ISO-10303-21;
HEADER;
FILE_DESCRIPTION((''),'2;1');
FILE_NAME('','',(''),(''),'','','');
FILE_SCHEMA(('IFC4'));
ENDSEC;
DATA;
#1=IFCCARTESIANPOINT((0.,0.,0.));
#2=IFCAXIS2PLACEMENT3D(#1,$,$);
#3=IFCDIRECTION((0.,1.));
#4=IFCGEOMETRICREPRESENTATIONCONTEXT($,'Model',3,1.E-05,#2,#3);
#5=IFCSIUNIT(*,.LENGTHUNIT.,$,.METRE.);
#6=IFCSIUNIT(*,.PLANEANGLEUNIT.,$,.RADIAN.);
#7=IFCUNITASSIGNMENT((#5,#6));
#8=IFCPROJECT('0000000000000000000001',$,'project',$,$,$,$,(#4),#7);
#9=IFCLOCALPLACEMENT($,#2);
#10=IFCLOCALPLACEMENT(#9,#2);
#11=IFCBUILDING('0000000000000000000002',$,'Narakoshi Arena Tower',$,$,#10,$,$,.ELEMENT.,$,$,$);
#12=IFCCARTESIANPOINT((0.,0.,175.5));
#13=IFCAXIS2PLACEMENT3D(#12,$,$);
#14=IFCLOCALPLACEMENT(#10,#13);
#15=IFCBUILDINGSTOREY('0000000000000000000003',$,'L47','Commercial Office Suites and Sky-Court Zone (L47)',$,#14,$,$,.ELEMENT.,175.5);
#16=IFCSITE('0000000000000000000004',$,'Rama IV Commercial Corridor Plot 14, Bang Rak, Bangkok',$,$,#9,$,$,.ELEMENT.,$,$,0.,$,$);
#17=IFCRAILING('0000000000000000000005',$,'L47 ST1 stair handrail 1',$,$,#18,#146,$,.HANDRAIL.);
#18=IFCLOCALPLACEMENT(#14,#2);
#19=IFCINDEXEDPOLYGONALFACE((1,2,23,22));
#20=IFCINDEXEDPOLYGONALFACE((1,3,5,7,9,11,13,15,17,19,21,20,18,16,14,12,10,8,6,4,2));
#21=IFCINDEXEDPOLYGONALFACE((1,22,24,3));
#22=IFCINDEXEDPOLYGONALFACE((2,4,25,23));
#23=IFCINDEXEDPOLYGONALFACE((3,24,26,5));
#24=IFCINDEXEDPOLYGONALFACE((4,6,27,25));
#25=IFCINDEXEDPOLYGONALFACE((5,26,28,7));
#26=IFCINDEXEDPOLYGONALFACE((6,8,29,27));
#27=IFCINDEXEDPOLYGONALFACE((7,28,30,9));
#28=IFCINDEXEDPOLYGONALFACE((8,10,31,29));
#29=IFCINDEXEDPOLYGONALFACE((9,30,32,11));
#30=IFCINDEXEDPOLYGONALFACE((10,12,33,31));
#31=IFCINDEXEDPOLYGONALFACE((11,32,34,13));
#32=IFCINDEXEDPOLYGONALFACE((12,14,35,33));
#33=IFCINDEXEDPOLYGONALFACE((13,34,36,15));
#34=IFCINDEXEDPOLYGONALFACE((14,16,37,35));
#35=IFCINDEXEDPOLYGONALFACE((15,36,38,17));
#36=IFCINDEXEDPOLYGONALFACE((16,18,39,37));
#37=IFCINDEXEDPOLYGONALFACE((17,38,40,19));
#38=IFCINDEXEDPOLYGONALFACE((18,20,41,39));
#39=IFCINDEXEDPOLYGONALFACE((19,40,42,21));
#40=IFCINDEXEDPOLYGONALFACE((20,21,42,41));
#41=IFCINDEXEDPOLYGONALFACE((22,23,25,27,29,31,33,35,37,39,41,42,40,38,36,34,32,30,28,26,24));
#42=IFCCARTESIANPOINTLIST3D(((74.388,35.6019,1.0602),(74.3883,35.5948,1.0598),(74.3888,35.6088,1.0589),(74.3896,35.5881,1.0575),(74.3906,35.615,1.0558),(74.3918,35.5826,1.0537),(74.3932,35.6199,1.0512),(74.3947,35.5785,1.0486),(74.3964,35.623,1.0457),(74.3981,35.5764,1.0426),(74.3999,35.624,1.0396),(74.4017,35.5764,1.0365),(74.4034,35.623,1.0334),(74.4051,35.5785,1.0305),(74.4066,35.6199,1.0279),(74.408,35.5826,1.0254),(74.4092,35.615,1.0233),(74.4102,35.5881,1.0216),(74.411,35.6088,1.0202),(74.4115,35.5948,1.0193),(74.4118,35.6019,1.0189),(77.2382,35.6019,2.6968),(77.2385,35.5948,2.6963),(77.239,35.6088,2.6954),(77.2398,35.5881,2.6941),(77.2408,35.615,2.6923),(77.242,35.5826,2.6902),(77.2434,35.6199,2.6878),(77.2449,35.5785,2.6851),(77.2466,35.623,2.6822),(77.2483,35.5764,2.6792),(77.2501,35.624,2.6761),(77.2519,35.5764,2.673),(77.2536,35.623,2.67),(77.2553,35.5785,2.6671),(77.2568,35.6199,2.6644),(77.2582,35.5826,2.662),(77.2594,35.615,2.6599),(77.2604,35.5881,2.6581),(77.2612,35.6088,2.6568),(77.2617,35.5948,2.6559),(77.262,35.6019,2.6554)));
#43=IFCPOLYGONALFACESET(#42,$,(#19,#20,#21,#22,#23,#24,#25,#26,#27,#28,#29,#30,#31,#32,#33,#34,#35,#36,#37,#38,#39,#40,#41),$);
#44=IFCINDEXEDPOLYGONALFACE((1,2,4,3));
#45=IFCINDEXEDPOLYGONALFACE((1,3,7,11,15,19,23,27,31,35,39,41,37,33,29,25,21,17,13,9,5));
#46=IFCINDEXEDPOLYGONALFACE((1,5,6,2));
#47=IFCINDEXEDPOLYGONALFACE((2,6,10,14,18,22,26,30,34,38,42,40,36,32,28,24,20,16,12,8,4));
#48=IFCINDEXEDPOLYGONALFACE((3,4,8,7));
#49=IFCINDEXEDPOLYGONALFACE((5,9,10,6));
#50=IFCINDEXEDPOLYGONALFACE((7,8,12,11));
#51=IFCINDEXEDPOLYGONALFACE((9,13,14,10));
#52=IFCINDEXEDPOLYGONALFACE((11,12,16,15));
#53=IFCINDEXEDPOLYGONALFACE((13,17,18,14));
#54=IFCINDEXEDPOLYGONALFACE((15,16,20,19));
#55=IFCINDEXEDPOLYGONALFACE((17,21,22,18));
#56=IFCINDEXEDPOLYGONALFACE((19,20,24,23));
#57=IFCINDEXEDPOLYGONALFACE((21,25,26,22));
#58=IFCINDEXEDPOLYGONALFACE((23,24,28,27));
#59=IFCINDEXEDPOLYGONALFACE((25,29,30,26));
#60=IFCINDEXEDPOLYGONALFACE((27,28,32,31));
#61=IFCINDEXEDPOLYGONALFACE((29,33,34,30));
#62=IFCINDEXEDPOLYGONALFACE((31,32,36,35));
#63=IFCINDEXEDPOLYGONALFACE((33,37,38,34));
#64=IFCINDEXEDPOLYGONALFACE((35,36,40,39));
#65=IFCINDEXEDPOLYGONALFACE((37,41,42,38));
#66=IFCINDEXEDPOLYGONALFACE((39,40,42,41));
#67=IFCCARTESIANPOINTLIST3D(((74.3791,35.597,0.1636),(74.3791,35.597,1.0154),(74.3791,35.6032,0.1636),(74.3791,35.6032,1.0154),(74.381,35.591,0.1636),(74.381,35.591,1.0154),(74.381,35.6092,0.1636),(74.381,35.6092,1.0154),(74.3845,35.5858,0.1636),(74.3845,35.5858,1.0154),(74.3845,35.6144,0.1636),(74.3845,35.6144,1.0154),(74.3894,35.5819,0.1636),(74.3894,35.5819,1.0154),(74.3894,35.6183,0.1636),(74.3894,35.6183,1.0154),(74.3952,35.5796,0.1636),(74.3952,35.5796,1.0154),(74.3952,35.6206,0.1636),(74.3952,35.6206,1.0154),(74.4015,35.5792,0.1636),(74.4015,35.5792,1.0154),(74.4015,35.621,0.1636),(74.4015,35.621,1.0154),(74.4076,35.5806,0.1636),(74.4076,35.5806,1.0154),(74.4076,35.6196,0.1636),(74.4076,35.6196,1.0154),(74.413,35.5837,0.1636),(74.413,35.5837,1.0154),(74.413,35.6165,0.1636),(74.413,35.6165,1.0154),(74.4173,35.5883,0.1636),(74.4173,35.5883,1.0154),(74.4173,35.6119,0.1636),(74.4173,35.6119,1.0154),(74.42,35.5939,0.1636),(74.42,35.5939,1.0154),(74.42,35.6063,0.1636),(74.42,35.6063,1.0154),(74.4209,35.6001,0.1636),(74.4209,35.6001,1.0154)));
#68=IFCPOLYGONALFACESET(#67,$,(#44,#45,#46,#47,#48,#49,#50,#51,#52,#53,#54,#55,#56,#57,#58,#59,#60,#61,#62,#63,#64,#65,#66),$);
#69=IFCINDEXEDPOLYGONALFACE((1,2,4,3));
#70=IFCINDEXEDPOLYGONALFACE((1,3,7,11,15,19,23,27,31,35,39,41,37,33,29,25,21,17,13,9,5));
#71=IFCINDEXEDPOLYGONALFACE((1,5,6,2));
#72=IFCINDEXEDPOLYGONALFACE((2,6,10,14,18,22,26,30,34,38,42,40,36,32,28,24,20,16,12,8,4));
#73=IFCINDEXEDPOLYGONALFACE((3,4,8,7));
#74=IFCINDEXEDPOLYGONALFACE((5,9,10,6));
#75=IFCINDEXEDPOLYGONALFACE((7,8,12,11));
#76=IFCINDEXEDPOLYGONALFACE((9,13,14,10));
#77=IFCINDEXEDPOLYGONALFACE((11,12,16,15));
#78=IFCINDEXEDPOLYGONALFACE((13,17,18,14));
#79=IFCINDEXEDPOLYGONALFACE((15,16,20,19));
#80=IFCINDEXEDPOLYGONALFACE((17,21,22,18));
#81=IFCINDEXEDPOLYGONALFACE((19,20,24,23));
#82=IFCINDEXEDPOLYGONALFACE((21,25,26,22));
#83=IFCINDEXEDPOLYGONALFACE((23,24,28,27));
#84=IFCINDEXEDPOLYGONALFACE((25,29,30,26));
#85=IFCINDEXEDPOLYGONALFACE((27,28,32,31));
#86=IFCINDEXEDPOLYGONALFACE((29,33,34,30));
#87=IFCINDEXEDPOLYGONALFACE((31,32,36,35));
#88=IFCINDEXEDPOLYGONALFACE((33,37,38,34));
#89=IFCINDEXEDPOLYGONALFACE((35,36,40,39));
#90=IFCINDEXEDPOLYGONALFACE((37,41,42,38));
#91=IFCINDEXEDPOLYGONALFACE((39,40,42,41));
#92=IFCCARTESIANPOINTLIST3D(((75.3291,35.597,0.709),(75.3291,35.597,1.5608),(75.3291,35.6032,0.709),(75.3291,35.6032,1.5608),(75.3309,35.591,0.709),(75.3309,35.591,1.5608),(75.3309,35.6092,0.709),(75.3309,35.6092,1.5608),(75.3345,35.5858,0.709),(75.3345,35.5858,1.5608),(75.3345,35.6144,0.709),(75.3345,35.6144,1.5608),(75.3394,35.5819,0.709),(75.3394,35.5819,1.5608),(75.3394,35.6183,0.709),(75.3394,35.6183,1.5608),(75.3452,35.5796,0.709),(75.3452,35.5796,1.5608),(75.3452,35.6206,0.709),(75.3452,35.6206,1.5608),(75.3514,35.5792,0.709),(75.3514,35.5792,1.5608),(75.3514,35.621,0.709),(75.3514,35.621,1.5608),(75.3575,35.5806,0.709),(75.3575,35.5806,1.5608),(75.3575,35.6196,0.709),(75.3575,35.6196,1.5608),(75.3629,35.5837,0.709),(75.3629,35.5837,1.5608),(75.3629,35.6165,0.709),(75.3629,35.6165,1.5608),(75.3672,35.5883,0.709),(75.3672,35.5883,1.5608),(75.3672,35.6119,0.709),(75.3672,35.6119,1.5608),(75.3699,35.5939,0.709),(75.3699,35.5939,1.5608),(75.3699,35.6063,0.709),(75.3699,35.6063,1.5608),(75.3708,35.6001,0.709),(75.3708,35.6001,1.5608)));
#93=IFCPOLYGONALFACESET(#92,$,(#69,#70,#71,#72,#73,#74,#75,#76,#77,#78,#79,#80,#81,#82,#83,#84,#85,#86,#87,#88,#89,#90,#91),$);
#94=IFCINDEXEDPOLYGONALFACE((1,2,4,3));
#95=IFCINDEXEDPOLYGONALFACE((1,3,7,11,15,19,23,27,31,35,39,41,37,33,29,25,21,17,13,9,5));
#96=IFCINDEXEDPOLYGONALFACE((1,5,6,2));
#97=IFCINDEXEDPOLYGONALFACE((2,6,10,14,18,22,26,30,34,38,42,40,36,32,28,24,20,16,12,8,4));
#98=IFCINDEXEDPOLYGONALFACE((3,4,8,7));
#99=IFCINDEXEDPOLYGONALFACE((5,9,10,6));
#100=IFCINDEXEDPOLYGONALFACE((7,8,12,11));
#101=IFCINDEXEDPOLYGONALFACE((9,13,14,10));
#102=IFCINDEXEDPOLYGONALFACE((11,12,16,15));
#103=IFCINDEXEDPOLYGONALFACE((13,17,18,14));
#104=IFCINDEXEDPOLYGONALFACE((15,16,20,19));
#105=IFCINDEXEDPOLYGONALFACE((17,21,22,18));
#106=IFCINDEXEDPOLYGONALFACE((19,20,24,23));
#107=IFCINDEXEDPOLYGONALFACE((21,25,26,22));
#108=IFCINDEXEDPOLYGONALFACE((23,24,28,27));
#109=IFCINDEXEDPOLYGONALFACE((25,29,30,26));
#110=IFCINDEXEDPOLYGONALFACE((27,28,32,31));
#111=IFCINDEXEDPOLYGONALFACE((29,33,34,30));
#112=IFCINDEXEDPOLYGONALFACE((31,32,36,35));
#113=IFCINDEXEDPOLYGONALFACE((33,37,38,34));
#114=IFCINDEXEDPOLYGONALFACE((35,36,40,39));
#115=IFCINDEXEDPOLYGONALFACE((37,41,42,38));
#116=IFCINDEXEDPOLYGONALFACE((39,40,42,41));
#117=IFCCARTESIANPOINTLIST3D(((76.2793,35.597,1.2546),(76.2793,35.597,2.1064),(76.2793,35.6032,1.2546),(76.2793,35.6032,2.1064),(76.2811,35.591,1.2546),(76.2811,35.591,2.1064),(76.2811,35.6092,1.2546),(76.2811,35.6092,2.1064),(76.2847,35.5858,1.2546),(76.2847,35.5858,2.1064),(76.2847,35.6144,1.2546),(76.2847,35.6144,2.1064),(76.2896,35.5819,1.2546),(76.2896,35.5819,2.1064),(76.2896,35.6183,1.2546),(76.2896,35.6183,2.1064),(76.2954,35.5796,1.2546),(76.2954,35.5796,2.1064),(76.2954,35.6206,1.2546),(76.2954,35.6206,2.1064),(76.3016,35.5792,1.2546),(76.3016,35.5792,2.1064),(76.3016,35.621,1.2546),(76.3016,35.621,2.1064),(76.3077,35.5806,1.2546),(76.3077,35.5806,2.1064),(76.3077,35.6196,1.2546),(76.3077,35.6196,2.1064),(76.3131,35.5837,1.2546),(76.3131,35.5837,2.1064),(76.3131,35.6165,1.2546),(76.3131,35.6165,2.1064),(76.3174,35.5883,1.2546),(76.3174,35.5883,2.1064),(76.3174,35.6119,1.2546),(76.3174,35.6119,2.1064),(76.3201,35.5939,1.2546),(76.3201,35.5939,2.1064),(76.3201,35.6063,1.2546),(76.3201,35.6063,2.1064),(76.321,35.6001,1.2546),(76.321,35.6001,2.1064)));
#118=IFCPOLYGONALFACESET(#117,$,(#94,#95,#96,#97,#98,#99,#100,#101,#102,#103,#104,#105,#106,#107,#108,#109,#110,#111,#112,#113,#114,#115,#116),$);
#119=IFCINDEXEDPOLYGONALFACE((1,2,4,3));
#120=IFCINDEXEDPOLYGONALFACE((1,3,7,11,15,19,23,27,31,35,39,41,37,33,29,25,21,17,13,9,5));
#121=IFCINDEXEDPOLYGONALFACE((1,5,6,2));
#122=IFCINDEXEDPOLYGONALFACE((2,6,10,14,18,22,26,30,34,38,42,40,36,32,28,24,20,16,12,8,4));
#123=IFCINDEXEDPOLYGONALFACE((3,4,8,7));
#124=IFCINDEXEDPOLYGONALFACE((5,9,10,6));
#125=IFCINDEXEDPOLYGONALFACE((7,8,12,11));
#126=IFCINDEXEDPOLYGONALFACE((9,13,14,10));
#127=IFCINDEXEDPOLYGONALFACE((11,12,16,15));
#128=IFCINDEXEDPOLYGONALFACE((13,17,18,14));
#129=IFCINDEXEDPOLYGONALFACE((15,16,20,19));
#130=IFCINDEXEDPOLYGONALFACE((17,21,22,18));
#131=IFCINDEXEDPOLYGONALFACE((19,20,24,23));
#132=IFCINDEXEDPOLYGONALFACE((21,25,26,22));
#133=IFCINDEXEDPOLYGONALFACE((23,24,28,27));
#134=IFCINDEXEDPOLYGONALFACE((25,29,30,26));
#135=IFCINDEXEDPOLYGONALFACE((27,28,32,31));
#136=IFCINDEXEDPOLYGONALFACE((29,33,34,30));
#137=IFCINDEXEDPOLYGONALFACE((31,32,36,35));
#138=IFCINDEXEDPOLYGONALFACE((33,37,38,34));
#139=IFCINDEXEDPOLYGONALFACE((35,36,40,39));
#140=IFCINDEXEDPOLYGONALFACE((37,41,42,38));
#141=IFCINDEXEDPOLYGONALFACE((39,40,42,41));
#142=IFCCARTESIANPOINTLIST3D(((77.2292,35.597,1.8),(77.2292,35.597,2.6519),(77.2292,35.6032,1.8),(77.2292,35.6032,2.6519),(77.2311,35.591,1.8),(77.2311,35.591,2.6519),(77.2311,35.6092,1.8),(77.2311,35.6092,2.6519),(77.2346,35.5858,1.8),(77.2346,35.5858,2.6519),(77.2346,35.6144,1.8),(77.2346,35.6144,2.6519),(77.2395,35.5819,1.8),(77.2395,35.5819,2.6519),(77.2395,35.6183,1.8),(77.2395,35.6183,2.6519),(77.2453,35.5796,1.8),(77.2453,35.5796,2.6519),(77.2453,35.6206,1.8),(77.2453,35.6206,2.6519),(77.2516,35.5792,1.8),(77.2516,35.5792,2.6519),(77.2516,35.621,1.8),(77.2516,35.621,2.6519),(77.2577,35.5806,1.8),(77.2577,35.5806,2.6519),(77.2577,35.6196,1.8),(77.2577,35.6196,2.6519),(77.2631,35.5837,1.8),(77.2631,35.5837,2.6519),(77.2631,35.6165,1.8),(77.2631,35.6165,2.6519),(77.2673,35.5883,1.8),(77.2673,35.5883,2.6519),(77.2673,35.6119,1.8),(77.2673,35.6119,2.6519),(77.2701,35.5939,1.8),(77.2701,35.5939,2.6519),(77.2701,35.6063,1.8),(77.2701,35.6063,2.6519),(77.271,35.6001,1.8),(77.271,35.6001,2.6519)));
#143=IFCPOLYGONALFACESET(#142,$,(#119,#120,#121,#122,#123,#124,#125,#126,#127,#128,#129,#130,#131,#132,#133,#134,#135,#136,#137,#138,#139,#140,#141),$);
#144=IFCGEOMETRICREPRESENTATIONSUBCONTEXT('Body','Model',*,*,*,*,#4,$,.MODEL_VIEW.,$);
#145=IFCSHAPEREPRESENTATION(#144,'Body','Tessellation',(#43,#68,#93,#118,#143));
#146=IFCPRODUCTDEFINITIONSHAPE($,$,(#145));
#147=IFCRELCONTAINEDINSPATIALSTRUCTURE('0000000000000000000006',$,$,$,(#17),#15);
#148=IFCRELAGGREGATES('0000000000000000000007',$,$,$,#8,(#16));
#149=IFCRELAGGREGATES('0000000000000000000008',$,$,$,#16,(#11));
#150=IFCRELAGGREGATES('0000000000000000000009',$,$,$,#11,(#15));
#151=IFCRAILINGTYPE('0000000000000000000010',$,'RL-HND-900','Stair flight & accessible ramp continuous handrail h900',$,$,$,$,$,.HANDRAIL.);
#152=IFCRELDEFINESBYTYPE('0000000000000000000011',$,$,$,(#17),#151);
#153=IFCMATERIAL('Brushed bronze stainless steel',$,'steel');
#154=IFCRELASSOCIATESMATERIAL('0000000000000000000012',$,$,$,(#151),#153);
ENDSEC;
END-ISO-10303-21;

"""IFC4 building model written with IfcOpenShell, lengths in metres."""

from ifc_helpers import new_model, si_unit, direction, frame, origin, origin_2d, place, context, subcontext, project, spatial, circle, extrude, material, type_object, element, save


model = new_model("IFC4")

# Units and contexts
model_context = context("Model", 3, precision=1e-05, world=origin(), true_north=direction((0.0, 1.0)))
body_context = subcontext(model_context, "Body", "Model", "MODEL_VIEW")
ifc_project = project(units=[si_unit("LENGTHUNIT", "METRE"), si_unit("PLANEANGLEUNIT", "RADIAN")], contexts=[model_context])

# Site, building, storey
site_placement = place(None, origin())
site = spatial("IfcSite", under=ifc_project, at=site_placement, Name="Rama IV Commercial Corridor Plot 14, Bang Rak, Bangkok", CompositionType="ELEMENT", RefElevation=0.0)
building_placement = place(site_placement, origin())
building = spatial("IfcBuilding", under=site, at=building_placement, Name="Narakoshi Arena Tower", CompositionType="ELEMENT")
storey_placement = place(building_placement, frame((0.0, 0.0, 175.5)))
storey = spatial("IfcBuildingStorey", under=building, at=storey_placement, Name="L47", Description="Commercial Office Suites and Sky-Court Zone (L47)", CompositionType="ELEMENT", Elevation=175.5)

# Railing
ifc_material_1 = material(Name="Brushed bronze stainless steel", Category="steel")
railing_type_1 = type_object("IfcRailingType", Name="RL-HND-900", Description="Stair flight & accessible ramp continuous handrail h900", PredefinedType="HANDRAIL", material=ifc_material_1)
railing_1_placement = place(storey_placement, frame((74.3999, 35.6001, 0.1636)))
element("IfcRailing", 1, at=railing_1_placement, inside=storey, type_object=railing_type_1, Name="L47 ST1 stair handrail 1", PredefinedType="HANDRAIL", context=body_context, shape_type="SweptSolid", body=[
    extrude(circle(Radius=0.0239, at=origin_2d()), frame((0.0, 0.0, 0.876), z_axis=(0.867213, 0.0, 0.497938), x_axis=(0.0, 1.0, 0.0)), (0.0, 0.0, 1.0), 3.2866),
    extrude(circle(Radius=0.021, at=origin_2d()), origin(), (0.0, 0.0, 1.0), 0.8518),
    extrude(circle(Radius=0.021, at=origin_2d()), frame((0.95, 0.0, 0.5454)), (0.0, 0.0, 1.0), 0.8518),
    extrude(circle(Radius=0.021, at=origin_2d()), frame((1.9001, 0.0, 1.0911)), (0.0, 0.0, 1.0), 0.8518),
    extrude(circle(Radius=0.021, at=origin_2d()), frame((2.8501, 0.0, 1.6365)), (0.0, 0.0, 1.0), 0.8518),
])

save(model, "model.ifc")
